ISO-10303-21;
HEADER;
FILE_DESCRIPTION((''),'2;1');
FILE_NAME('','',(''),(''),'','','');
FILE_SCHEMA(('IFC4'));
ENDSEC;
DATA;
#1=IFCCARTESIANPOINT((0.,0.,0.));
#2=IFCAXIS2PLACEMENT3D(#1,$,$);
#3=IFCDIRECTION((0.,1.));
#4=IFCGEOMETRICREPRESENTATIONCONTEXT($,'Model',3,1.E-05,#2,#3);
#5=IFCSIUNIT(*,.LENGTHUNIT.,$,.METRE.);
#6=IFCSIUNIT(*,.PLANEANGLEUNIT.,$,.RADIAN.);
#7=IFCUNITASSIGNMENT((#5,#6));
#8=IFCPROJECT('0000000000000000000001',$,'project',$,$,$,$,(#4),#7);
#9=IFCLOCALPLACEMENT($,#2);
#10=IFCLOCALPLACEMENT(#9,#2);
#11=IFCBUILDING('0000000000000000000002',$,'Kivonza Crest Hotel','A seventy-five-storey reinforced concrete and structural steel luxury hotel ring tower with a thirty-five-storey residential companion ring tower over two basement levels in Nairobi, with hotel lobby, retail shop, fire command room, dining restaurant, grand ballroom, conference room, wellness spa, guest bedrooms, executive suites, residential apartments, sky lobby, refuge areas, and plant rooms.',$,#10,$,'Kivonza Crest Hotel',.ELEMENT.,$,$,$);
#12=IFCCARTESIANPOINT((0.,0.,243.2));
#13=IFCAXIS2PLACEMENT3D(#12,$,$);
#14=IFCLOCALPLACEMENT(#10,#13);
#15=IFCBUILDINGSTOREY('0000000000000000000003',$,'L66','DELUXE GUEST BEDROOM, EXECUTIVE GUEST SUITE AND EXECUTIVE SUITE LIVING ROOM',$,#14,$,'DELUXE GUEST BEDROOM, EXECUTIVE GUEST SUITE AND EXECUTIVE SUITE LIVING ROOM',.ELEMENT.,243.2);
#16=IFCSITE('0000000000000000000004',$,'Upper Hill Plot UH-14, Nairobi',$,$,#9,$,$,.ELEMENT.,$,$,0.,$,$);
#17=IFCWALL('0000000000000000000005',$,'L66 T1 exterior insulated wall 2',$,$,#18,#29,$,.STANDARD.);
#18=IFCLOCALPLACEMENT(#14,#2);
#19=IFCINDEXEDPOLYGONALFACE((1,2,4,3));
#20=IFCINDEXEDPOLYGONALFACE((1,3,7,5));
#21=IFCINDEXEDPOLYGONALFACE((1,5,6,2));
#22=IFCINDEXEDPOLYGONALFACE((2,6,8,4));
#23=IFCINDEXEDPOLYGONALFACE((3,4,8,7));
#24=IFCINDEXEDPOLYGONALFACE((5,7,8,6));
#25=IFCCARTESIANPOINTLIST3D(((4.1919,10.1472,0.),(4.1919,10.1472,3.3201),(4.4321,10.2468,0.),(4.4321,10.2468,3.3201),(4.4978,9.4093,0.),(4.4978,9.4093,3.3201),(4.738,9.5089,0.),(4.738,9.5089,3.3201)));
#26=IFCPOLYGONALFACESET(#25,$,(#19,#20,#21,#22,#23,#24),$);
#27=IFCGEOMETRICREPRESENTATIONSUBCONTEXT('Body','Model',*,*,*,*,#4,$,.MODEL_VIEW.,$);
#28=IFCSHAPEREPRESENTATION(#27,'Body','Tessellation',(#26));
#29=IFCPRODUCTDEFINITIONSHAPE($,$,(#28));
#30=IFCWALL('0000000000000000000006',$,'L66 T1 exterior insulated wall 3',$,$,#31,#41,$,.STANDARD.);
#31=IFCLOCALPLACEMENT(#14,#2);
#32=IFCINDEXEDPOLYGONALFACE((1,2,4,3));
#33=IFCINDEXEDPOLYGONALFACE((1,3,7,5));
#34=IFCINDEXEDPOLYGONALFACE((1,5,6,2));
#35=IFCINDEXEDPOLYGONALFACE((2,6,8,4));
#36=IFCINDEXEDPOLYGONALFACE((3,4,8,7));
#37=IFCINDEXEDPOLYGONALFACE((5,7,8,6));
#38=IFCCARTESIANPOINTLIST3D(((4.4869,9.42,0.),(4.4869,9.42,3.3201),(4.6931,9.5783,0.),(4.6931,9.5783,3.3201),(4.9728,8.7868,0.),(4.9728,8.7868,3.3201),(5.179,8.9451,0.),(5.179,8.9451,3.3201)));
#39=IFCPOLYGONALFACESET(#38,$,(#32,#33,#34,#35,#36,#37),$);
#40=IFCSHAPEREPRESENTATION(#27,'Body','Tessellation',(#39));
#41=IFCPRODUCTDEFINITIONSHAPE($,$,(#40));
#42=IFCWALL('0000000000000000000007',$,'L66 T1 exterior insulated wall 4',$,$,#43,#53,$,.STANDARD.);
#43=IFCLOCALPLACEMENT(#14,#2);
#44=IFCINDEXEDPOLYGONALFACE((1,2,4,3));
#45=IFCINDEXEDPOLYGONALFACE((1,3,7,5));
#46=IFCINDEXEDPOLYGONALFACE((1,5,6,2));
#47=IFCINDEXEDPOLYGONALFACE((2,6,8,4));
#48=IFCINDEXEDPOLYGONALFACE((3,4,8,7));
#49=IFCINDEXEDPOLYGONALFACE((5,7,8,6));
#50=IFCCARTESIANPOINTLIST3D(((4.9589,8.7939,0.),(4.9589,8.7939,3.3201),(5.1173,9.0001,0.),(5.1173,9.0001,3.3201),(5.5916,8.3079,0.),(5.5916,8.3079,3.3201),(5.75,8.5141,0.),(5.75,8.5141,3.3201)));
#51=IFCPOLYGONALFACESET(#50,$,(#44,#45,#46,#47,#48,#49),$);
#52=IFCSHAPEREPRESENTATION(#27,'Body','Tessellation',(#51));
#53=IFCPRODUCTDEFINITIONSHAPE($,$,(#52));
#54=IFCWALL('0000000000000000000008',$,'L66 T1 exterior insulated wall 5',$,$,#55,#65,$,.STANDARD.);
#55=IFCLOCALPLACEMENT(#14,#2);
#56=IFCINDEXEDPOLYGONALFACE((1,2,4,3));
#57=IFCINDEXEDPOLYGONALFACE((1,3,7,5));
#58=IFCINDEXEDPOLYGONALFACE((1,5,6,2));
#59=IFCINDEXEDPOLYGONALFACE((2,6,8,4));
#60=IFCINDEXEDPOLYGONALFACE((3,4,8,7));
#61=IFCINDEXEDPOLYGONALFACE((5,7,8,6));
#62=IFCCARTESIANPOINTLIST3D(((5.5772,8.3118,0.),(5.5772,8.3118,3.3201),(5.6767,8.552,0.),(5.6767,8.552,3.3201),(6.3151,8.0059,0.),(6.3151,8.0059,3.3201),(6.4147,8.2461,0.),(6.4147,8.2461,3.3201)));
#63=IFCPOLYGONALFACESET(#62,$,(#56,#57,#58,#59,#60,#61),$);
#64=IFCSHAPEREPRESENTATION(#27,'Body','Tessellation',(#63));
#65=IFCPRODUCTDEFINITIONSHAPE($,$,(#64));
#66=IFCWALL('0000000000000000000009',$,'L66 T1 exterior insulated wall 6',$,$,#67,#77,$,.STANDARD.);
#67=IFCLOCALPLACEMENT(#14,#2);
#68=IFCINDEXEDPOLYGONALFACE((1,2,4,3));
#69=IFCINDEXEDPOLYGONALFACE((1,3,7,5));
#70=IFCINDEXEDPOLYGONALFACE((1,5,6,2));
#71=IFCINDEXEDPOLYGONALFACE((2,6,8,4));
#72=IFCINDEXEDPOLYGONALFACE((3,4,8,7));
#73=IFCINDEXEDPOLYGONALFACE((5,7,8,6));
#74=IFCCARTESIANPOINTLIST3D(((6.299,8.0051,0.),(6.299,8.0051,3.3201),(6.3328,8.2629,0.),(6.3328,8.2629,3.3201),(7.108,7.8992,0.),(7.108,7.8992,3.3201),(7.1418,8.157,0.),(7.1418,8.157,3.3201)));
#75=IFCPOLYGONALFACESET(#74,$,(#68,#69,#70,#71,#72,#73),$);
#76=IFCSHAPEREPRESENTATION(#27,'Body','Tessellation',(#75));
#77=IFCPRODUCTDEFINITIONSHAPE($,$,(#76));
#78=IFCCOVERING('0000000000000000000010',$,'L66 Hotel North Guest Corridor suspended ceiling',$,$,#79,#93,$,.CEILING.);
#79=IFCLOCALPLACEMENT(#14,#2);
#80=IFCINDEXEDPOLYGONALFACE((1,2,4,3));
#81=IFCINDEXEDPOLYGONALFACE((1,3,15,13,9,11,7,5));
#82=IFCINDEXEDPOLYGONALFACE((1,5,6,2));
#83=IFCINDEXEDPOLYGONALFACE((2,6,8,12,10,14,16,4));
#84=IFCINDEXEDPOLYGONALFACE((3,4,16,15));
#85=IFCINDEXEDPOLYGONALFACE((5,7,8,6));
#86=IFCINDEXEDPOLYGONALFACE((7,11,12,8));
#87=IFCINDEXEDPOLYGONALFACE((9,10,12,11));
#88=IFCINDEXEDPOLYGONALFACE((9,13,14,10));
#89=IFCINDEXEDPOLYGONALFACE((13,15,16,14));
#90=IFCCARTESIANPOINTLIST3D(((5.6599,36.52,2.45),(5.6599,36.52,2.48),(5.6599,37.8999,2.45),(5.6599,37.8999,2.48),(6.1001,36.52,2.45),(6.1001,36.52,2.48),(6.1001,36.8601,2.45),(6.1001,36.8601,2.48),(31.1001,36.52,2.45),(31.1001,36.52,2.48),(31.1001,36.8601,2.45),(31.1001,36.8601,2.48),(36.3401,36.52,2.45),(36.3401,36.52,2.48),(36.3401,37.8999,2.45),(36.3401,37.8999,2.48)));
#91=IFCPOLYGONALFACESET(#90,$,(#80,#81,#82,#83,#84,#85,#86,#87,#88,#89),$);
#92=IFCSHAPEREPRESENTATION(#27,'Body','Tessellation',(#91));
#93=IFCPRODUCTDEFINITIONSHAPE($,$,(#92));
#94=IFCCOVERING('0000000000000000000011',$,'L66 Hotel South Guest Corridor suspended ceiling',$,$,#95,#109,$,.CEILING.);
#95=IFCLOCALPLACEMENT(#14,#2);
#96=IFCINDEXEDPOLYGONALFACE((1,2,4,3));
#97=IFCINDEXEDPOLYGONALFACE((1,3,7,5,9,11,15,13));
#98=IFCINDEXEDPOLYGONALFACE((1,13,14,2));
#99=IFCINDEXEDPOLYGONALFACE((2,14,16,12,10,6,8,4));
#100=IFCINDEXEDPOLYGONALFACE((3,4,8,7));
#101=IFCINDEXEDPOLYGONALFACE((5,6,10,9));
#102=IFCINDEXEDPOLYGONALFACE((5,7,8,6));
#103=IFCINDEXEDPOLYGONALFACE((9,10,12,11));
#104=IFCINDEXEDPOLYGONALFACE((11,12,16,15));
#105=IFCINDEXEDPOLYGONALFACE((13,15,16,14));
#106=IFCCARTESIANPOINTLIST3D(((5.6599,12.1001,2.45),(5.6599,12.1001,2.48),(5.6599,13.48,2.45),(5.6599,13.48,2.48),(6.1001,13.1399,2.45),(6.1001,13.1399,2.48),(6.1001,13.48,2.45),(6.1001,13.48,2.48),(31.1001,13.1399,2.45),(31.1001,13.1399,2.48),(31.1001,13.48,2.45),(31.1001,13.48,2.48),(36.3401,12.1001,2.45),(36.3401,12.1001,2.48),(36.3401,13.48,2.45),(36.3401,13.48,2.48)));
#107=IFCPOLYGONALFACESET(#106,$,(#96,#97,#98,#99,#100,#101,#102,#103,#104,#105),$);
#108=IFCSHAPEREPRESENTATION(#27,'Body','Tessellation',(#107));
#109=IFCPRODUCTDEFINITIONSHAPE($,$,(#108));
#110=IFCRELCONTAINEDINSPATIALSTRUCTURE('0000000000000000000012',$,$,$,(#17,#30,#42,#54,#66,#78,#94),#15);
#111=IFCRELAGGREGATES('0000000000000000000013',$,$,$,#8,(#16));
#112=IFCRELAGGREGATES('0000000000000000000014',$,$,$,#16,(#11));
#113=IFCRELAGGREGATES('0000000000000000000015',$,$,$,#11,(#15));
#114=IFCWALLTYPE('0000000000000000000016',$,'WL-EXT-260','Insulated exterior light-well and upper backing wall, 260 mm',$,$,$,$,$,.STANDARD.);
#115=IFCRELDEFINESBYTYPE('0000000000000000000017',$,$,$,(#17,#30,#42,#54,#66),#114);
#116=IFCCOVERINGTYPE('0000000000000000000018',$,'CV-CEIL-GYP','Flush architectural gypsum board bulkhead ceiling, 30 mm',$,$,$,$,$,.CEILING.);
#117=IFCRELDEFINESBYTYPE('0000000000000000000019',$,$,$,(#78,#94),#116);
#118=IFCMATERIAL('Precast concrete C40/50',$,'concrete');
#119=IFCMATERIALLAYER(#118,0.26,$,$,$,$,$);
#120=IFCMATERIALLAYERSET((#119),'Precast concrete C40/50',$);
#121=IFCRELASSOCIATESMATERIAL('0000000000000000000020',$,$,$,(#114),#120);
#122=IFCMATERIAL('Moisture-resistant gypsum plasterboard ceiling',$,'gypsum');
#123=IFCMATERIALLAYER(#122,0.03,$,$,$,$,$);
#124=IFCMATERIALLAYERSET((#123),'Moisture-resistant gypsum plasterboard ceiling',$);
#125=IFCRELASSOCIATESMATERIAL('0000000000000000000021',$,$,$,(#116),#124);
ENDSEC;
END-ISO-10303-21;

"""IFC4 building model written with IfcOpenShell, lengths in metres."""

from ifc_helpers import new_model, si_unit, direction, frame, frame_2d, origin, place, context, subcontext, project, spatial, polyline, rectangle, outline, extrude, material, layer, layer_set, type_object, element, save


model = new_model("IFC4")

# Units and contexts
model_context = context("Model", 3, precision=1e-05, world=origin(), true_north=direction((0.0, 1.0)))
body_context = subcontext(model_context, "Body", "Model", "MODEL_VIEW")
ifc_project = project(units=[si_unit("LENGTHUNIT", "METRE"), si_unit("PLANEANGLEUNIT", "RADIAN")], contexts=[model_context])

# Site, building, storey
site_placement = place(None, origin())
site = spatial("IfcSite", under=ifc_project, at=site_placement, Name="Upper Hill Plot UH-14, Nairobi", CompositionType="ELEMENT", RefElevation=0.0)
building_placement = place(site_placement, origin())
building = spatial("IfcBuilding", under=site, at=building_placement, Name="Kivonza Crest Hotel", Description="A seventy-five-storey reinforced concrete and structural steel luxury hotel ring tower with a thirty-five-storey residential companion ring tower over two basement levels in Nairobi, with hotel lobby, retail shop, fire command room, dining restaurant, grand ballroom, conference room, wellness spa, guest bedrooms, executive suites, residential apartments, sky lobby, refuge areas, and plant rooms.", LongName="Kivonza Crest Hotel", CompositionType="ELEMENT")
storey_placement = place(building_placement, frame((0.0, 0.0, 243.2)))
storey = spatial("IfcBuildingStorey", under=building, at=storey_placement, Name="L66", Description="DELUXE GUEST BEDROOM, EXECUTIVE GUEST SUITE AND EXECUTIVE SUITE LIVING ROOM", LongName="DELUXE GUEST BEDROOM, EXECUTIVE GUEST SUITE AND EXECUTIVE SUITE LIVING ROOM", CompositionType="ELEMENT", Elevation=243.2)

# Walls
ifc_material_1 = material(Name="Precast concrete C40/50", Category="concrete")
ifc_layer_1 = layer(ifc_material_1, 0.26)
ifc_layer_set_1 = layer_set([ifc_layer_1], Name="Precast concrete C40/50")
wall_type_1 = type_object("IfcWallType", Name="WL-EXT-260", Description="Insulated exterior light-well and upper backing wall, 260 mm", PredefinedType="STANDARD", material=ifc_layer_set_1)
wall_1_placement = place(storey_placement, frame((4.312, 10.197, 0.0), z_axis=(0.0, 0.0, 1.0), x_axis=(0.382901, -0.92379, 0.0)))
element("IfcWall", 1, at=wall_1_placement, inside=storey, type_object=wall_type_1, Name="L66 T1 exterior insulated wall 2", PredefinedType="STANDARD", context=body_context, shape_type="SweptSolid", body=[
    extrude(rectangle(XDim=0.7988, YDim=0.26, at=frame_2d((0.3994, 0.0))), origin(), (0.0, 0.0, 1.0), 3.3201),
])
wall_2_placement = place(storey_placement, frame((4.5901, 9.499, 0.0), z_axis=(0.0, 0.0, 1.0), x_axis=(0.608823, -0.793306, 0.0)))
element("IfcWall", 2, at=wall_2_placement, inside=storey, type_object=wall_type_1, Name="L66 T1 exterior insulated wall 3", PredefinedType="STANDARD", context=body_context, shape_type="SweptSolid", body=[
    extrude(rectangle(XDim=0.7981, YDim=0.26, at=frame_2d((0.3989, 0.0))), origin(), (0.0, 0.0, 1.0), 3.3201),
])
wall_3_placement = place(storey_placement, frame((5.0381, 8.897, 0.0), z_axis=(0.0, 0.0, 1.0), x_axis=(0.793045, -0.609164, 0.0)))
element("IfcWall", 3, at=wall_3_placement, inside=storey, type_object=wall_type_1, Name="L66 T1 exterior insulated wall 4", PredefinedType="STANDARD", context=body_context, shape_type="SweptSolid", body=[
    extrude(rectangle(XDim=0.7979, YDim=0.26, at=frame_2d((0.3989, 0.0))), origin(), (0.0, 0.0, 1.0), 3.3201),
])
wall_4_placement = place(storey_placement, frame((5.627, 8.4319, 0.0), z_axis=(0.0, 0.0, 1.0), x_axis=(0.92379, -0.382901, 0.0)))
element("IfcWall", 4, at=wall_4_placement, inside=storey, type_object=wall_type_1, Name="L66 T1 exterior insulated wall 5", PredefinedType="STANDARD", context=body_context, shape_type="SweptSolid", body=[
    extrude(rectangle(XDim=0.7988, YDim=0.26, at=frame_2d((0.3994, 0.0))), origin(), (0.0, 0.0, 1.0), 3.3201),
])
wall_5_placement = place(storey_placement, frame((6.3159, 8.134, 0.0), z_axis=(0.0, 0.0, 1.0), x_axis=(0.991534, -0.129851, 0.0)))
element("IfcWall", 5, at=wall_5_placement, inside=storey, type_object=wall_type_1, Name="L66 T1 exterior insulated wall 6", PredefinedType="STANDARD", context=body_context, shape_type="SweptSolid", body=[
    extrude(rectangle(XDim=0.8159, YDim=0.26, at=frame_2d((0.408, 0.0))), origin(), (0.0, 0.0, 1.0), 3.3201),
])

# Coverings
ifc_material_2 = material(Name="Moisture-resistant gypsum plasterboard ceiling", Category="gypsum")
ifc_layer_2 = layer(ifc_material_2, 0.03)
ifc_layer_set_2 = layer_set([ifc_layer_2], Name="Moisture-resistant gypsum plasterboard ceiling")
covering_type = type_object("IfcCoveringType", Name="CV-CEIL-GYP", Description="Flush architectural gypsum board bulkhead ceiling, 30 mm", PredefinedType="CEILING", material=ifc_layer_set_2)
covering_1_placement = place(storey_placement, frame((0.0, 0.0, 2.45)))
element("IfcCovering", 6, at=covering_1_placement, inside=storey, type_object=covering_type, Name="L66 Hotel North Guest Corridor suspended ceiling", PredefinedType="CEILING", context=body_context, shape_type="SweptSolid", body=[
    extrude(outline(polyline([(36.3401, 36.52), (36.3401, 37.8999), (5.6599, 37.8999), (5.6599, 36.52), (6.1001, 36.52), (6.1001, 36.8601), (31.1001, 36.8601), (31.1001, 36.52), (36.3401, 36.52)])), origin(), (0.0, 0.0, 1.0), 0.03),
])
covering_2_placement = place(storey_placement, frame((0.0, 0.0, 2.45)))
element("IfcCovering", 7, at=covering_2_placement, inside=storey, type_object=covering_type, Name="L66 Hotel South Guest Corridor suspended ceiling", PredefinedType="CEILING", context=body_context, shape_type="SweptSolid", body=[
    extrude(outline(polyline([(36.3401, 12.1001), (36.3401, 13.48), (31.1001, 13.48), (31.1001, 13.1399), (6.1001, 13.1399), (6.1001, 13.48), (5.6599, 13.48), (5.6599, 12.1001), (36.3401, 12.1001)])), origin(), (0.0, 0.0, 1.0), 0.03),
])

save(model, "model.ifc")
